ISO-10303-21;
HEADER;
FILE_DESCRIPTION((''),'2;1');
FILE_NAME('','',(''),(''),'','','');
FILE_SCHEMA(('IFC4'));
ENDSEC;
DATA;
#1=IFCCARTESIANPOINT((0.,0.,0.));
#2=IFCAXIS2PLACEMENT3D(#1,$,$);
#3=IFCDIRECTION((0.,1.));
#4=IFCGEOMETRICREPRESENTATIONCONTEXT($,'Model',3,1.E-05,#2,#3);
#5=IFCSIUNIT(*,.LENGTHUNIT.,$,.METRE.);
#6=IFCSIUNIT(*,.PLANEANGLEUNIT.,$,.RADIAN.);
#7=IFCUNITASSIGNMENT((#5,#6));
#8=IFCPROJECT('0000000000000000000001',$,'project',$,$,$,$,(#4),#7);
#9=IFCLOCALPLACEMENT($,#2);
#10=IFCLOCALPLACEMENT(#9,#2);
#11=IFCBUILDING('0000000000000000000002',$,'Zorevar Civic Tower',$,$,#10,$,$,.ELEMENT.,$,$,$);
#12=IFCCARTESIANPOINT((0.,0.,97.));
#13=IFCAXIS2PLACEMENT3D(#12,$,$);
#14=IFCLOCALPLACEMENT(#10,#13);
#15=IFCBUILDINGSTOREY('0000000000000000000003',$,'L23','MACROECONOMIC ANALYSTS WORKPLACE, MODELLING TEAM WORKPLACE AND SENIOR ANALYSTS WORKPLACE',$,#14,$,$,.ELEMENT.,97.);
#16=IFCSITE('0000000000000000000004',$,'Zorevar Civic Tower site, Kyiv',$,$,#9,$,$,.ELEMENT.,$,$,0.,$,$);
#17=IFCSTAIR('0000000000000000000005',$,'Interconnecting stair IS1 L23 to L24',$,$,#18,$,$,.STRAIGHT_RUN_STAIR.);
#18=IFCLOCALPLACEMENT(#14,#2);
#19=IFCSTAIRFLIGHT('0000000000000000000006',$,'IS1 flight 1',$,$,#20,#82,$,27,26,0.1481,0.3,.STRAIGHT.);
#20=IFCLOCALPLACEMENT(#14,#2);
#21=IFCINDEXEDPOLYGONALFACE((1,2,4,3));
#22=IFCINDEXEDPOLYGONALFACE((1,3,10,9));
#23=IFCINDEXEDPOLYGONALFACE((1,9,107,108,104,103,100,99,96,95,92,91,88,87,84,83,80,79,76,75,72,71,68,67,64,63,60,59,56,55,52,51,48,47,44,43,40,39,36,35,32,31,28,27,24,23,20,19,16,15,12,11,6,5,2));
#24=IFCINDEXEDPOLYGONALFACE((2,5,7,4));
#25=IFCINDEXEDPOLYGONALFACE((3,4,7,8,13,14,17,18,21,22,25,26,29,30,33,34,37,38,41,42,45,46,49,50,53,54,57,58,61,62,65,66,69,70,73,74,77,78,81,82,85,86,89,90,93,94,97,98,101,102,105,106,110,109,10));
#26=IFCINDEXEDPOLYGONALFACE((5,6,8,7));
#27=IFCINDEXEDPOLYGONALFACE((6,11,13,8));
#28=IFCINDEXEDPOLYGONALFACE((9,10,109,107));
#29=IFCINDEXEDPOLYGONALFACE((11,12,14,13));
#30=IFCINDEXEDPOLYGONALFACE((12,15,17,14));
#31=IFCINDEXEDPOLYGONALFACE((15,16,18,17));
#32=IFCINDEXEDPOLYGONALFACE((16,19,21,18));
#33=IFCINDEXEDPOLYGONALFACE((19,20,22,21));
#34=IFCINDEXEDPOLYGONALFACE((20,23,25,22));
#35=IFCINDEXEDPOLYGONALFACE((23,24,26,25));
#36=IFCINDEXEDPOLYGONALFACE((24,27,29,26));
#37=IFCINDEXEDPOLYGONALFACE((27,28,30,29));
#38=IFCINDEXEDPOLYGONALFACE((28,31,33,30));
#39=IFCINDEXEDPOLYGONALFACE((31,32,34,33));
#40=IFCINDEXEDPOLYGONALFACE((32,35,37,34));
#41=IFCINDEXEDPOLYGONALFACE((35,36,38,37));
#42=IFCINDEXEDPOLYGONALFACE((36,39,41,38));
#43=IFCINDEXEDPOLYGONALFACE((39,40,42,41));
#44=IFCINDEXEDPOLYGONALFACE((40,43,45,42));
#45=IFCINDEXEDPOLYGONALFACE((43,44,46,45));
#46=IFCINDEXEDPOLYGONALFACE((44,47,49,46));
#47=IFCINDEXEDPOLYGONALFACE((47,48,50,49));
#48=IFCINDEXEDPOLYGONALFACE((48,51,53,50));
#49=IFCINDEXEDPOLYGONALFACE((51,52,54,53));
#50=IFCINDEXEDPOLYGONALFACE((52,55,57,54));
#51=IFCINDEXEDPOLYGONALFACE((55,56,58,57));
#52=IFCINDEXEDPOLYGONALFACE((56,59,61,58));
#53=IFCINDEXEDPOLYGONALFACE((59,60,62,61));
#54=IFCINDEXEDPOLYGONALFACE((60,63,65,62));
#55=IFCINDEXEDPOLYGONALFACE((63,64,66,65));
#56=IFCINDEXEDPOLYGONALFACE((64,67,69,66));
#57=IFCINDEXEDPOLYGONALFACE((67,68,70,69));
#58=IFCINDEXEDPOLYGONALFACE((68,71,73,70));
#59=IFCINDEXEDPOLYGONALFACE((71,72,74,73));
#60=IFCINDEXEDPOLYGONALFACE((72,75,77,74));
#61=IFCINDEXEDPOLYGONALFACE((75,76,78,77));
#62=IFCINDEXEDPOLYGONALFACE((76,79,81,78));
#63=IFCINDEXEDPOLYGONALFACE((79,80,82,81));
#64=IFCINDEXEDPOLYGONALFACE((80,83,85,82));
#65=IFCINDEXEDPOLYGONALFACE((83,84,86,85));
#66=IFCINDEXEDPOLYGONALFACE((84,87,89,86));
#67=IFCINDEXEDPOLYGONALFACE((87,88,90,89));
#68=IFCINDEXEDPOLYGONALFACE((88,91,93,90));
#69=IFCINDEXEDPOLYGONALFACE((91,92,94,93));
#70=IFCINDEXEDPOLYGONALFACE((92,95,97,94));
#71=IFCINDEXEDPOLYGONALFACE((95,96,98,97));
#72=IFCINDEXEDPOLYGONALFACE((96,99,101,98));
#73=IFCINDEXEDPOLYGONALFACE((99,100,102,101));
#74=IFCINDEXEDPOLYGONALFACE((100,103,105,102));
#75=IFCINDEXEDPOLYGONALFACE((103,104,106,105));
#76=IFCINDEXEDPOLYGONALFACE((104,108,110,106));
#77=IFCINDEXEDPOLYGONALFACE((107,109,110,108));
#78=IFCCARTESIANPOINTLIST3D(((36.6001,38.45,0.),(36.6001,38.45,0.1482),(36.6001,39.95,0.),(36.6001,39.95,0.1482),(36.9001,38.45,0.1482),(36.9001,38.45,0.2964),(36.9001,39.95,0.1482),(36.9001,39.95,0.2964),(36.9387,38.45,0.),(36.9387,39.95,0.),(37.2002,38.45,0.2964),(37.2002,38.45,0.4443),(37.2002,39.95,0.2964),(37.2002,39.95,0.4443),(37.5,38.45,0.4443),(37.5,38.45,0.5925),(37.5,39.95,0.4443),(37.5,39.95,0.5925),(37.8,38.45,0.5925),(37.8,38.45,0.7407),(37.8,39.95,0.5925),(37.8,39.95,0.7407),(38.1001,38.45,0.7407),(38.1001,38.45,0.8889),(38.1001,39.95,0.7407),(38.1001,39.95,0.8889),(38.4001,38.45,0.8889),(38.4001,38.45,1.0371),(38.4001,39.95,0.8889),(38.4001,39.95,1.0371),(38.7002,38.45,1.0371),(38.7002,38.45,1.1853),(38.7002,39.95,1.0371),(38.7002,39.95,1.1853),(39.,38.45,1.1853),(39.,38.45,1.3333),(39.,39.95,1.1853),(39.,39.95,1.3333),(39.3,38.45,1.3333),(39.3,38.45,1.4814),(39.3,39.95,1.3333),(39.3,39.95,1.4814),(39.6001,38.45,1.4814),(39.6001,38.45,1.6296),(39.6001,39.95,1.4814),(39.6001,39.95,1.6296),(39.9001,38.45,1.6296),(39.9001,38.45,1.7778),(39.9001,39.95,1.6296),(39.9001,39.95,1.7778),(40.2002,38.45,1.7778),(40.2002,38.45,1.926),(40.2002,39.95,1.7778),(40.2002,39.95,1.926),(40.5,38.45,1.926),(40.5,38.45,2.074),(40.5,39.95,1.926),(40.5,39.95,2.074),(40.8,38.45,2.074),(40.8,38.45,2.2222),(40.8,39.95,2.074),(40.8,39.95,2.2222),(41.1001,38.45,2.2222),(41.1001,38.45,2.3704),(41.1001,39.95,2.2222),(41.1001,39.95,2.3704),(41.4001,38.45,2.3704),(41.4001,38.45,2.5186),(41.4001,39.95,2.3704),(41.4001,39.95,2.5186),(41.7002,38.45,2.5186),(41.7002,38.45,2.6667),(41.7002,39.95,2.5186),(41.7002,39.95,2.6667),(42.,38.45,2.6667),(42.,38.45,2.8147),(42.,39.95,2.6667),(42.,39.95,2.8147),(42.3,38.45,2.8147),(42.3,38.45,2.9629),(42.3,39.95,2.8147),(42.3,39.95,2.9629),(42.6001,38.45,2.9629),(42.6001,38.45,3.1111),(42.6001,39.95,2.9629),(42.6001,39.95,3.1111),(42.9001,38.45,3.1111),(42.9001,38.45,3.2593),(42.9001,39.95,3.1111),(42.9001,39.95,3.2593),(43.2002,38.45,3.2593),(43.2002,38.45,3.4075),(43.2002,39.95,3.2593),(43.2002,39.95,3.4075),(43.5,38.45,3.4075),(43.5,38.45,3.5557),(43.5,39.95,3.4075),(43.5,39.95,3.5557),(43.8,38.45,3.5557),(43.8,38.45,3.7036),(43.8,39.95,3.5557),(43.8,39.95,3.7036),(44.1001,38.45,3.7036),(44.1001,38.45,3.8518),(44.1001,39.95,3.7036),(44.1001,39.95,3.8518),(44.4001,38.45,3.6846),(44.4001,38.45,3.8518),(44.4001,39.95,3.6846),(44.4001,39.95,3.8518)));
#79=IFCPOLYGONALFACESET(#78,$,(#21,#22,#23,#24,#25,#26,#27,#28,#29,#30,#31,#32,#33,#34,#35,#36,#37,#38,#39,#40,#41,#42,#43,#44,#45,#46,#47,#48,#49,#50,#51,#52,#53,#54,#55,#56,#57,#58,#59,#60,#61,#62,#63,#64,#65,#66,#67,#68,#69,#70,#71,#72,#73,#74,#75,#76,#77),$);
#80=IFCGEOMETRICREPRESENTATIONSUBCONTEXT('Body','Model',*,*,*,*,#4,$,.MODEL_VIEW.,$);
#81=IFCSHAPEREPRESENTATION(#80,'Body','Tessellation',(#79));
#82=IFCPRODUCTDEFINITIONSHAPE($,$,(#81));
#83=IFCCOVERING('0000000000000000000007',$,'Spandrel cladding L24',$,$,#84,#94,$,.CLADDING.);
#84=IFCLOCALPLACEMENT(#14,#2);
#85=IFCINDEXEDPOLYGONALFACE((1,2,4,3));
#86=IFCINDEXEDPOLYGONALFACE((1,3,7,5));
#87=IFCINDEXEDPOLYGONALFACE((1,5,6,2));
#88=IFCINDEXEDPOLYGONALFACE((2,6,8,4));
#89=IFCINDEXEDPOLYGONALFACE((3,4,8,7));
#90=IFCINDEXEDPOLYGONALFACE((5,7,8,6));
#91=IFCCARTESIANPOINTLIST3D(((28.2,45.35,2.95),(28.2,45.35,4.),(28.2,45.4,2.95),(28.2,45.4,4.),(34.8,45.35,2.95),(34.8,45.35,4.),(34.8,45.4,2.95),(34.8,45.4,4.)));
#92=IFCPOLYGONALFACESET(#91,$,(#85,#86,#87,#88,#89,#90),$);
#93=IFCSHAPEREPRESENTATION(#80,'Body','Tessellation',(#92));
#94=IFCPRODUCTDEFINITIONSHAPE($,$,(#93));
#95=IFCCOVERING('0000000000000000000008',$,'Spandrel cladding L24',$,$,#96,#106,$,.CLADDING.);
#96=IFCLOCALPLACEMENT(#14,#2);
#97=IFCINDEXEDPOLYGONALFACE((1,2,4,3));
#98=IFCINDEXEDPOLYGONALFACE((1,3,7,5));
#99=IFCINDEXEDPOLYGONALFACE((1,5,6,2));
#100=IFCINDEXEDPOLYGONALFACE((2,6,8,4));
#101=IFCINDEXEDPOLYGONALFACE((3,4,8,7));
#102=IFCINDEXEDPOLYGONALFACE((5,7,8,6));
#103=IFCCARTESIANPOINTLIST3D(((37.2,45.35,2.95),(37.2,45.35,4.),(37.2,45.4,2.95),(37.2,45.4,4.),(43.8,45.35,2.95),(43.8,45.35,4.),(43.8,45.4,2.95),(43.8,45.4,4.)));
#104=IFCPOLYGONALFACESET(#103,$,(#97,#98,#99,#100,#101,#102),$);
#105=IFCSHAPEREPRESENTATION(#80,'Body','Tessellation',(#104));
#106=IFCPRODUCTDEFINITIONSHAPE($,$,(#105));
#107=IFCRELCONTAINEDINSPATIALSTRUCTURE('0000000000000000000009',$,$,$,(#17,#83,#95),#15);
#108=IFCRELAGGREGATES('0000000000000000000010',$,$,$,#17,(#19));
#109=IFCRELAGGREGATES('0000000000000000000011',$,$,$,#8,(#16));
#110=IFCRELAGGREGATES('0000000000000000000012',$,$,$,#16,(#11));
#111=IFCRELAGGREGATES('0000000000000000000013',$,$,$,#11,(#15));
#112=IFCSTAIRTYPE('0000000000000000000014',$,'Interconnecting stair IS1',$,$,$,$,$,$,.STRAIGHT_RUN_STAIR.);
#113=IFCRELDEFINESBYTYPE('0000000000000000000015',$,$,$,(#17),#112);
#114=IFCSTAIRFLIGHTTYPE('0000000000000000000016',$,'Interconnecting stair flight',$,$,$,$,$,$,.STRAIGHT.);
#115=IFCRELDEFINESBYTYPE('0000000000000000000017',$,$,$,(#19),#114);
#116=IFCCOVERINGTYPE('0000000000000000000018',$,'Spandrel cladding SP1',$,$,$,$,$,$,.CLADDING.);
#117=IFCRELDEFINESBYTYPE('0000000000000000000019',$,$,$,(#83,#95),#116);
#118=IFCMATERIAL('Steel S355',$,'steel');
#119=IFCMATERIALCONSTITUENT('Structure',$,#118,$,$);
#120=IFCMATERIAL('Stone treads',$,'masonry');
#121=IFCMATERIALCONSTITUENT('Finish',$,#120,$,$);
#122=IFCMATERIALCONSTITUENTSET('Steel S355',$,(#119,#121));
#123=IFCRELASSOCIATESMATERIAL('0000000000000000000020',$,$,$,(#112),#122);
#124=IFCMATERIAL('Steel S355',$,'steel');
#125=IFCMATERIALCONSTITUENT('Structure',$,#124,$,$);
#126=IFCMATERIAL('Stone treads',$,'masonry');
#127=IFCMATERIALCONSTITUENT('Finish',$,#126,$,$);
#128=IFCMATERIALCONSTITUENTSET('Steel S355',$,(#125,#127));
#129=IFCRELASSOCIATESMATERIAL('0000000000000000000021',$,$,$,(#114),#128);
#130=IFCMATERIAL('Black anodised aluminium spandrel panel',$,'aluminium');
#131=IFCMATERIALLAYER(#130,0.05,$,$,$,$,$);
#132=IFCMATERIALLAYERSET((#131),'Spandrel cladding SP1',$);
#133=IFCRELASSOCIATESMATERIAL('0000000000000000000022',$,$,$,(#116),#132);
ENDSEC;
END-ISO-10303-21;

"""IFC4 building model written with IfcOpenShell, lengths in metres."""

from ifc_helpers import new_model, si_unit, direction, frame, frame_2d, origin, place, context, subcontext, project, spatial, polyline, rectangle, outline, extrude, material, layer, layer_set, constituent, constituent_set, type_object, element, aggregate, save


model = new_model("IFC4")

# Units and contexts
model_context = context("Model", 3, precision=1e-05, world=origin(), true_north=direction((0.0, 1.0)))
body_context = subcontext(model_context, "Body", "Model", "MODEL_VIEW")
ifc_project = project(units=[si_unit("LENGTHUNIT", "METRE"), si_unit("PLANEANGLEUNIT", "RADIAN")], contexts=[model_context])

# Site, building, storey
site_placement = place(None, origin())
site = spatial("IfcSite", under=ifc_project, at=site_placement, Name="Zorevar Civic Tower site, Kyiv", CompositionType="ELEMENT", RefElevation=0.0)
building_placement = place(site_placement, origin())
building = spatial("IfcBuilding", under=site, at=building_placement, Name="Zorevar Civic Tower", CompositionType="ELEMENT")
storey_placement = place(building_placement, frame((0.0, 0.0, 97.0)))
storey = spatial("IfcBuildingStorey", under=building, at=storey_placement, Name="L23", Description="MACROECONOMIC ANALYSTS WORKPLACE, MODELLING TEAM WORKPLACE AND SENIOR ANALYSTS WORKPLACE", CompositionType="ELEMENT", Elevation=97.0)

# Stair, stair flight
ifc_material_1 = material(Name="Steel S355", Category="steel")
ifc_constituent_1 = constituent(ifc_material_1, Name="Structure")
ifc_material_2 = material(Name="Stone treads", Category="masonry")
ifc_constituent_2 = constituent(ifc_material_2, Name="Finish")
ifc_constituent_set_1 = constituent_set(constituents=[ifc_constituent_1, ifc_constituent_2], Name="Steel S355")
stair_type = type_object("IfcStairType", Name="Interconnecting stair IS1", PredefinedType="STRAIGHT_RUN_STAIR", material=ifc_constituent_set_1)
stair_placement = place(storey_placement, origin())
stair = element("IfcStair", 1, at=stair_placement, inside=storey, type_object=stair_type, Name="Interconnecting stair IS1 L23 to L24", PredefinedType="STRAIGHT_RUN_STAIR")
ifc_material_3 = material(Name="Steel S355", Category="steel")
ifc_constituent_3 = constituent(ifc_material_3, Name="Structure")
ifc_material_4 = material(Name="Stone treads", Category="masonry")
ifc_constituent_4 = constituent(ifc_material_4, Name="Finish")
ifc_constituent_set_2 = constituent_set(constituents=[ifc_constituent_3, ifc_constituent_4], Name="Steel S355")
stair_flight_type = type_object("IfcStairFlightType", Name="Interconnecting stair flight", PredefinedType="STRAIGHT", material=ifc_constituent_set_2)
stair_flight_placement = place(storey_placement, frame((36.6001, 39.2, 0.0), z_axis=(0.0, 0.0, 1.0), x_axis=(1.0, 0.0, 0.0)))
stair_flight = element("IfcStairFlight", 2, at=stair_flight_placement, type_object=stair_flight_type, Name="IS1 flight 1", NumberOfRisers=27, NumberOfTreads=26, PredefinedType="STRAIGHT", RiserHeight=0.1481, TreadLength=0.3, context=body_context, shape_type="SweptSolid", body=[
    extrude(outline(polyline([(0.0, 0.0), (0.0, 0.1482), (0.3, 0.1482), (0.3, 0.2964), (0.6001, 0.2964), (0.6001, 0.4443), (0.8999, 0.4443), (0.8999, 0.5925), (1.2, 0.5925), (1.2, 0.7407), (1.5, 0.7407), (1.5, 0.8889), (1.8, 0.8889), (1.8, 1.0371), (2.1001, 1.0371), (2.1001, 1.1853), (2.3999, 1.1853), (2.3999, 1.3333), (2.7, 1.3333), (2.7, 1.4814), (3.0, 1.4814), (3.0, 1.6296), (3.3, 1.6296), (3.3, 1.7778), (3.6001, 1.7778), (3.6001, 1.926), (3.8999, 1.926), (3.8999, 2.074), (4.2, 2.074), (4.2, 2.2222), (4.5, 2.2222), (4.5, 2.3704), (4.8, 2.3704), (4.8, 2.5186), (5.1001, 2.5186), (5.1001, 2.6667), (5.3999, 2.6667), (5.3999, 2.8147), (5.7, 2.8147), (5.7, 2.9629), (6.0, 2.9629), (6.0, 3.1111), (6.3, 3.1111), (6.3, 3.2593), (6.6001, 3.2593), (6.6001, 3.4075), (6.8999, 3.4075), (6.8999, 3.5557), (7.2, 3.5557), (7.2, 3.7036), (7.5, 3.7036), (7.5, 3.8518), (7.8, 3.8518), (7.8, 4.0), (7.8, 3.6846), (0.3386, 0.0), (0.0, 0.0)])), frame((0.0, 0.75, 0.0), z_axis=(0.0, -1.0, 0.0), x_axis=(1.0, 0.0, 0.0)), (0.0, 0.0, 1.0), 1.5),
])
aggregate(stair, [stair_flight])

# Coverings
ifc_material_5 = material(Name="Black anodised aluminium spandrel panel", Category="aluminium")
ifc_layer_1 = layer(ifc_material_5, 0.05)
ifc_layer_set_1 = layer_set([ifc_layer_1], Name="Spandrel cladding SP1")
covering_type = type_object("IfcCoveringType", Name="Spandrel cladding SP1", PredefinedType="CLADDING", material=ifc_layer_set_1)
for number, where, z_axis, x_axis, name in (
    (3, (28.2, 45.375, 2.95), (0.0, 0.0, 1.0), (1.0, 0.0, 0.0), "Spandrel cladding L24"),
    (4, (37.2, 45.375, 2.95), (0.0, 0.0, 1.0), (1.0, 0.0, 0.0), "Spandrel cladding L24"),
):
    element("IfcCovering", number, at=place(storey_placement, frame(where, z_axis=z_axis, x_axis=x_axis)), inside=storey, type_object=covering_type, Name=name, PredefinedType="CLADDING", context=body_context, shape_type="SweptSolid", body=[
        extrude(rectangle(XDim=6.6001, YDim=0.05, at=frame_2d((3.3, 0.0))), origin(), (0.0, 0.0, 1.0), 1.05),
    ])

save(model, "model.ifc")
